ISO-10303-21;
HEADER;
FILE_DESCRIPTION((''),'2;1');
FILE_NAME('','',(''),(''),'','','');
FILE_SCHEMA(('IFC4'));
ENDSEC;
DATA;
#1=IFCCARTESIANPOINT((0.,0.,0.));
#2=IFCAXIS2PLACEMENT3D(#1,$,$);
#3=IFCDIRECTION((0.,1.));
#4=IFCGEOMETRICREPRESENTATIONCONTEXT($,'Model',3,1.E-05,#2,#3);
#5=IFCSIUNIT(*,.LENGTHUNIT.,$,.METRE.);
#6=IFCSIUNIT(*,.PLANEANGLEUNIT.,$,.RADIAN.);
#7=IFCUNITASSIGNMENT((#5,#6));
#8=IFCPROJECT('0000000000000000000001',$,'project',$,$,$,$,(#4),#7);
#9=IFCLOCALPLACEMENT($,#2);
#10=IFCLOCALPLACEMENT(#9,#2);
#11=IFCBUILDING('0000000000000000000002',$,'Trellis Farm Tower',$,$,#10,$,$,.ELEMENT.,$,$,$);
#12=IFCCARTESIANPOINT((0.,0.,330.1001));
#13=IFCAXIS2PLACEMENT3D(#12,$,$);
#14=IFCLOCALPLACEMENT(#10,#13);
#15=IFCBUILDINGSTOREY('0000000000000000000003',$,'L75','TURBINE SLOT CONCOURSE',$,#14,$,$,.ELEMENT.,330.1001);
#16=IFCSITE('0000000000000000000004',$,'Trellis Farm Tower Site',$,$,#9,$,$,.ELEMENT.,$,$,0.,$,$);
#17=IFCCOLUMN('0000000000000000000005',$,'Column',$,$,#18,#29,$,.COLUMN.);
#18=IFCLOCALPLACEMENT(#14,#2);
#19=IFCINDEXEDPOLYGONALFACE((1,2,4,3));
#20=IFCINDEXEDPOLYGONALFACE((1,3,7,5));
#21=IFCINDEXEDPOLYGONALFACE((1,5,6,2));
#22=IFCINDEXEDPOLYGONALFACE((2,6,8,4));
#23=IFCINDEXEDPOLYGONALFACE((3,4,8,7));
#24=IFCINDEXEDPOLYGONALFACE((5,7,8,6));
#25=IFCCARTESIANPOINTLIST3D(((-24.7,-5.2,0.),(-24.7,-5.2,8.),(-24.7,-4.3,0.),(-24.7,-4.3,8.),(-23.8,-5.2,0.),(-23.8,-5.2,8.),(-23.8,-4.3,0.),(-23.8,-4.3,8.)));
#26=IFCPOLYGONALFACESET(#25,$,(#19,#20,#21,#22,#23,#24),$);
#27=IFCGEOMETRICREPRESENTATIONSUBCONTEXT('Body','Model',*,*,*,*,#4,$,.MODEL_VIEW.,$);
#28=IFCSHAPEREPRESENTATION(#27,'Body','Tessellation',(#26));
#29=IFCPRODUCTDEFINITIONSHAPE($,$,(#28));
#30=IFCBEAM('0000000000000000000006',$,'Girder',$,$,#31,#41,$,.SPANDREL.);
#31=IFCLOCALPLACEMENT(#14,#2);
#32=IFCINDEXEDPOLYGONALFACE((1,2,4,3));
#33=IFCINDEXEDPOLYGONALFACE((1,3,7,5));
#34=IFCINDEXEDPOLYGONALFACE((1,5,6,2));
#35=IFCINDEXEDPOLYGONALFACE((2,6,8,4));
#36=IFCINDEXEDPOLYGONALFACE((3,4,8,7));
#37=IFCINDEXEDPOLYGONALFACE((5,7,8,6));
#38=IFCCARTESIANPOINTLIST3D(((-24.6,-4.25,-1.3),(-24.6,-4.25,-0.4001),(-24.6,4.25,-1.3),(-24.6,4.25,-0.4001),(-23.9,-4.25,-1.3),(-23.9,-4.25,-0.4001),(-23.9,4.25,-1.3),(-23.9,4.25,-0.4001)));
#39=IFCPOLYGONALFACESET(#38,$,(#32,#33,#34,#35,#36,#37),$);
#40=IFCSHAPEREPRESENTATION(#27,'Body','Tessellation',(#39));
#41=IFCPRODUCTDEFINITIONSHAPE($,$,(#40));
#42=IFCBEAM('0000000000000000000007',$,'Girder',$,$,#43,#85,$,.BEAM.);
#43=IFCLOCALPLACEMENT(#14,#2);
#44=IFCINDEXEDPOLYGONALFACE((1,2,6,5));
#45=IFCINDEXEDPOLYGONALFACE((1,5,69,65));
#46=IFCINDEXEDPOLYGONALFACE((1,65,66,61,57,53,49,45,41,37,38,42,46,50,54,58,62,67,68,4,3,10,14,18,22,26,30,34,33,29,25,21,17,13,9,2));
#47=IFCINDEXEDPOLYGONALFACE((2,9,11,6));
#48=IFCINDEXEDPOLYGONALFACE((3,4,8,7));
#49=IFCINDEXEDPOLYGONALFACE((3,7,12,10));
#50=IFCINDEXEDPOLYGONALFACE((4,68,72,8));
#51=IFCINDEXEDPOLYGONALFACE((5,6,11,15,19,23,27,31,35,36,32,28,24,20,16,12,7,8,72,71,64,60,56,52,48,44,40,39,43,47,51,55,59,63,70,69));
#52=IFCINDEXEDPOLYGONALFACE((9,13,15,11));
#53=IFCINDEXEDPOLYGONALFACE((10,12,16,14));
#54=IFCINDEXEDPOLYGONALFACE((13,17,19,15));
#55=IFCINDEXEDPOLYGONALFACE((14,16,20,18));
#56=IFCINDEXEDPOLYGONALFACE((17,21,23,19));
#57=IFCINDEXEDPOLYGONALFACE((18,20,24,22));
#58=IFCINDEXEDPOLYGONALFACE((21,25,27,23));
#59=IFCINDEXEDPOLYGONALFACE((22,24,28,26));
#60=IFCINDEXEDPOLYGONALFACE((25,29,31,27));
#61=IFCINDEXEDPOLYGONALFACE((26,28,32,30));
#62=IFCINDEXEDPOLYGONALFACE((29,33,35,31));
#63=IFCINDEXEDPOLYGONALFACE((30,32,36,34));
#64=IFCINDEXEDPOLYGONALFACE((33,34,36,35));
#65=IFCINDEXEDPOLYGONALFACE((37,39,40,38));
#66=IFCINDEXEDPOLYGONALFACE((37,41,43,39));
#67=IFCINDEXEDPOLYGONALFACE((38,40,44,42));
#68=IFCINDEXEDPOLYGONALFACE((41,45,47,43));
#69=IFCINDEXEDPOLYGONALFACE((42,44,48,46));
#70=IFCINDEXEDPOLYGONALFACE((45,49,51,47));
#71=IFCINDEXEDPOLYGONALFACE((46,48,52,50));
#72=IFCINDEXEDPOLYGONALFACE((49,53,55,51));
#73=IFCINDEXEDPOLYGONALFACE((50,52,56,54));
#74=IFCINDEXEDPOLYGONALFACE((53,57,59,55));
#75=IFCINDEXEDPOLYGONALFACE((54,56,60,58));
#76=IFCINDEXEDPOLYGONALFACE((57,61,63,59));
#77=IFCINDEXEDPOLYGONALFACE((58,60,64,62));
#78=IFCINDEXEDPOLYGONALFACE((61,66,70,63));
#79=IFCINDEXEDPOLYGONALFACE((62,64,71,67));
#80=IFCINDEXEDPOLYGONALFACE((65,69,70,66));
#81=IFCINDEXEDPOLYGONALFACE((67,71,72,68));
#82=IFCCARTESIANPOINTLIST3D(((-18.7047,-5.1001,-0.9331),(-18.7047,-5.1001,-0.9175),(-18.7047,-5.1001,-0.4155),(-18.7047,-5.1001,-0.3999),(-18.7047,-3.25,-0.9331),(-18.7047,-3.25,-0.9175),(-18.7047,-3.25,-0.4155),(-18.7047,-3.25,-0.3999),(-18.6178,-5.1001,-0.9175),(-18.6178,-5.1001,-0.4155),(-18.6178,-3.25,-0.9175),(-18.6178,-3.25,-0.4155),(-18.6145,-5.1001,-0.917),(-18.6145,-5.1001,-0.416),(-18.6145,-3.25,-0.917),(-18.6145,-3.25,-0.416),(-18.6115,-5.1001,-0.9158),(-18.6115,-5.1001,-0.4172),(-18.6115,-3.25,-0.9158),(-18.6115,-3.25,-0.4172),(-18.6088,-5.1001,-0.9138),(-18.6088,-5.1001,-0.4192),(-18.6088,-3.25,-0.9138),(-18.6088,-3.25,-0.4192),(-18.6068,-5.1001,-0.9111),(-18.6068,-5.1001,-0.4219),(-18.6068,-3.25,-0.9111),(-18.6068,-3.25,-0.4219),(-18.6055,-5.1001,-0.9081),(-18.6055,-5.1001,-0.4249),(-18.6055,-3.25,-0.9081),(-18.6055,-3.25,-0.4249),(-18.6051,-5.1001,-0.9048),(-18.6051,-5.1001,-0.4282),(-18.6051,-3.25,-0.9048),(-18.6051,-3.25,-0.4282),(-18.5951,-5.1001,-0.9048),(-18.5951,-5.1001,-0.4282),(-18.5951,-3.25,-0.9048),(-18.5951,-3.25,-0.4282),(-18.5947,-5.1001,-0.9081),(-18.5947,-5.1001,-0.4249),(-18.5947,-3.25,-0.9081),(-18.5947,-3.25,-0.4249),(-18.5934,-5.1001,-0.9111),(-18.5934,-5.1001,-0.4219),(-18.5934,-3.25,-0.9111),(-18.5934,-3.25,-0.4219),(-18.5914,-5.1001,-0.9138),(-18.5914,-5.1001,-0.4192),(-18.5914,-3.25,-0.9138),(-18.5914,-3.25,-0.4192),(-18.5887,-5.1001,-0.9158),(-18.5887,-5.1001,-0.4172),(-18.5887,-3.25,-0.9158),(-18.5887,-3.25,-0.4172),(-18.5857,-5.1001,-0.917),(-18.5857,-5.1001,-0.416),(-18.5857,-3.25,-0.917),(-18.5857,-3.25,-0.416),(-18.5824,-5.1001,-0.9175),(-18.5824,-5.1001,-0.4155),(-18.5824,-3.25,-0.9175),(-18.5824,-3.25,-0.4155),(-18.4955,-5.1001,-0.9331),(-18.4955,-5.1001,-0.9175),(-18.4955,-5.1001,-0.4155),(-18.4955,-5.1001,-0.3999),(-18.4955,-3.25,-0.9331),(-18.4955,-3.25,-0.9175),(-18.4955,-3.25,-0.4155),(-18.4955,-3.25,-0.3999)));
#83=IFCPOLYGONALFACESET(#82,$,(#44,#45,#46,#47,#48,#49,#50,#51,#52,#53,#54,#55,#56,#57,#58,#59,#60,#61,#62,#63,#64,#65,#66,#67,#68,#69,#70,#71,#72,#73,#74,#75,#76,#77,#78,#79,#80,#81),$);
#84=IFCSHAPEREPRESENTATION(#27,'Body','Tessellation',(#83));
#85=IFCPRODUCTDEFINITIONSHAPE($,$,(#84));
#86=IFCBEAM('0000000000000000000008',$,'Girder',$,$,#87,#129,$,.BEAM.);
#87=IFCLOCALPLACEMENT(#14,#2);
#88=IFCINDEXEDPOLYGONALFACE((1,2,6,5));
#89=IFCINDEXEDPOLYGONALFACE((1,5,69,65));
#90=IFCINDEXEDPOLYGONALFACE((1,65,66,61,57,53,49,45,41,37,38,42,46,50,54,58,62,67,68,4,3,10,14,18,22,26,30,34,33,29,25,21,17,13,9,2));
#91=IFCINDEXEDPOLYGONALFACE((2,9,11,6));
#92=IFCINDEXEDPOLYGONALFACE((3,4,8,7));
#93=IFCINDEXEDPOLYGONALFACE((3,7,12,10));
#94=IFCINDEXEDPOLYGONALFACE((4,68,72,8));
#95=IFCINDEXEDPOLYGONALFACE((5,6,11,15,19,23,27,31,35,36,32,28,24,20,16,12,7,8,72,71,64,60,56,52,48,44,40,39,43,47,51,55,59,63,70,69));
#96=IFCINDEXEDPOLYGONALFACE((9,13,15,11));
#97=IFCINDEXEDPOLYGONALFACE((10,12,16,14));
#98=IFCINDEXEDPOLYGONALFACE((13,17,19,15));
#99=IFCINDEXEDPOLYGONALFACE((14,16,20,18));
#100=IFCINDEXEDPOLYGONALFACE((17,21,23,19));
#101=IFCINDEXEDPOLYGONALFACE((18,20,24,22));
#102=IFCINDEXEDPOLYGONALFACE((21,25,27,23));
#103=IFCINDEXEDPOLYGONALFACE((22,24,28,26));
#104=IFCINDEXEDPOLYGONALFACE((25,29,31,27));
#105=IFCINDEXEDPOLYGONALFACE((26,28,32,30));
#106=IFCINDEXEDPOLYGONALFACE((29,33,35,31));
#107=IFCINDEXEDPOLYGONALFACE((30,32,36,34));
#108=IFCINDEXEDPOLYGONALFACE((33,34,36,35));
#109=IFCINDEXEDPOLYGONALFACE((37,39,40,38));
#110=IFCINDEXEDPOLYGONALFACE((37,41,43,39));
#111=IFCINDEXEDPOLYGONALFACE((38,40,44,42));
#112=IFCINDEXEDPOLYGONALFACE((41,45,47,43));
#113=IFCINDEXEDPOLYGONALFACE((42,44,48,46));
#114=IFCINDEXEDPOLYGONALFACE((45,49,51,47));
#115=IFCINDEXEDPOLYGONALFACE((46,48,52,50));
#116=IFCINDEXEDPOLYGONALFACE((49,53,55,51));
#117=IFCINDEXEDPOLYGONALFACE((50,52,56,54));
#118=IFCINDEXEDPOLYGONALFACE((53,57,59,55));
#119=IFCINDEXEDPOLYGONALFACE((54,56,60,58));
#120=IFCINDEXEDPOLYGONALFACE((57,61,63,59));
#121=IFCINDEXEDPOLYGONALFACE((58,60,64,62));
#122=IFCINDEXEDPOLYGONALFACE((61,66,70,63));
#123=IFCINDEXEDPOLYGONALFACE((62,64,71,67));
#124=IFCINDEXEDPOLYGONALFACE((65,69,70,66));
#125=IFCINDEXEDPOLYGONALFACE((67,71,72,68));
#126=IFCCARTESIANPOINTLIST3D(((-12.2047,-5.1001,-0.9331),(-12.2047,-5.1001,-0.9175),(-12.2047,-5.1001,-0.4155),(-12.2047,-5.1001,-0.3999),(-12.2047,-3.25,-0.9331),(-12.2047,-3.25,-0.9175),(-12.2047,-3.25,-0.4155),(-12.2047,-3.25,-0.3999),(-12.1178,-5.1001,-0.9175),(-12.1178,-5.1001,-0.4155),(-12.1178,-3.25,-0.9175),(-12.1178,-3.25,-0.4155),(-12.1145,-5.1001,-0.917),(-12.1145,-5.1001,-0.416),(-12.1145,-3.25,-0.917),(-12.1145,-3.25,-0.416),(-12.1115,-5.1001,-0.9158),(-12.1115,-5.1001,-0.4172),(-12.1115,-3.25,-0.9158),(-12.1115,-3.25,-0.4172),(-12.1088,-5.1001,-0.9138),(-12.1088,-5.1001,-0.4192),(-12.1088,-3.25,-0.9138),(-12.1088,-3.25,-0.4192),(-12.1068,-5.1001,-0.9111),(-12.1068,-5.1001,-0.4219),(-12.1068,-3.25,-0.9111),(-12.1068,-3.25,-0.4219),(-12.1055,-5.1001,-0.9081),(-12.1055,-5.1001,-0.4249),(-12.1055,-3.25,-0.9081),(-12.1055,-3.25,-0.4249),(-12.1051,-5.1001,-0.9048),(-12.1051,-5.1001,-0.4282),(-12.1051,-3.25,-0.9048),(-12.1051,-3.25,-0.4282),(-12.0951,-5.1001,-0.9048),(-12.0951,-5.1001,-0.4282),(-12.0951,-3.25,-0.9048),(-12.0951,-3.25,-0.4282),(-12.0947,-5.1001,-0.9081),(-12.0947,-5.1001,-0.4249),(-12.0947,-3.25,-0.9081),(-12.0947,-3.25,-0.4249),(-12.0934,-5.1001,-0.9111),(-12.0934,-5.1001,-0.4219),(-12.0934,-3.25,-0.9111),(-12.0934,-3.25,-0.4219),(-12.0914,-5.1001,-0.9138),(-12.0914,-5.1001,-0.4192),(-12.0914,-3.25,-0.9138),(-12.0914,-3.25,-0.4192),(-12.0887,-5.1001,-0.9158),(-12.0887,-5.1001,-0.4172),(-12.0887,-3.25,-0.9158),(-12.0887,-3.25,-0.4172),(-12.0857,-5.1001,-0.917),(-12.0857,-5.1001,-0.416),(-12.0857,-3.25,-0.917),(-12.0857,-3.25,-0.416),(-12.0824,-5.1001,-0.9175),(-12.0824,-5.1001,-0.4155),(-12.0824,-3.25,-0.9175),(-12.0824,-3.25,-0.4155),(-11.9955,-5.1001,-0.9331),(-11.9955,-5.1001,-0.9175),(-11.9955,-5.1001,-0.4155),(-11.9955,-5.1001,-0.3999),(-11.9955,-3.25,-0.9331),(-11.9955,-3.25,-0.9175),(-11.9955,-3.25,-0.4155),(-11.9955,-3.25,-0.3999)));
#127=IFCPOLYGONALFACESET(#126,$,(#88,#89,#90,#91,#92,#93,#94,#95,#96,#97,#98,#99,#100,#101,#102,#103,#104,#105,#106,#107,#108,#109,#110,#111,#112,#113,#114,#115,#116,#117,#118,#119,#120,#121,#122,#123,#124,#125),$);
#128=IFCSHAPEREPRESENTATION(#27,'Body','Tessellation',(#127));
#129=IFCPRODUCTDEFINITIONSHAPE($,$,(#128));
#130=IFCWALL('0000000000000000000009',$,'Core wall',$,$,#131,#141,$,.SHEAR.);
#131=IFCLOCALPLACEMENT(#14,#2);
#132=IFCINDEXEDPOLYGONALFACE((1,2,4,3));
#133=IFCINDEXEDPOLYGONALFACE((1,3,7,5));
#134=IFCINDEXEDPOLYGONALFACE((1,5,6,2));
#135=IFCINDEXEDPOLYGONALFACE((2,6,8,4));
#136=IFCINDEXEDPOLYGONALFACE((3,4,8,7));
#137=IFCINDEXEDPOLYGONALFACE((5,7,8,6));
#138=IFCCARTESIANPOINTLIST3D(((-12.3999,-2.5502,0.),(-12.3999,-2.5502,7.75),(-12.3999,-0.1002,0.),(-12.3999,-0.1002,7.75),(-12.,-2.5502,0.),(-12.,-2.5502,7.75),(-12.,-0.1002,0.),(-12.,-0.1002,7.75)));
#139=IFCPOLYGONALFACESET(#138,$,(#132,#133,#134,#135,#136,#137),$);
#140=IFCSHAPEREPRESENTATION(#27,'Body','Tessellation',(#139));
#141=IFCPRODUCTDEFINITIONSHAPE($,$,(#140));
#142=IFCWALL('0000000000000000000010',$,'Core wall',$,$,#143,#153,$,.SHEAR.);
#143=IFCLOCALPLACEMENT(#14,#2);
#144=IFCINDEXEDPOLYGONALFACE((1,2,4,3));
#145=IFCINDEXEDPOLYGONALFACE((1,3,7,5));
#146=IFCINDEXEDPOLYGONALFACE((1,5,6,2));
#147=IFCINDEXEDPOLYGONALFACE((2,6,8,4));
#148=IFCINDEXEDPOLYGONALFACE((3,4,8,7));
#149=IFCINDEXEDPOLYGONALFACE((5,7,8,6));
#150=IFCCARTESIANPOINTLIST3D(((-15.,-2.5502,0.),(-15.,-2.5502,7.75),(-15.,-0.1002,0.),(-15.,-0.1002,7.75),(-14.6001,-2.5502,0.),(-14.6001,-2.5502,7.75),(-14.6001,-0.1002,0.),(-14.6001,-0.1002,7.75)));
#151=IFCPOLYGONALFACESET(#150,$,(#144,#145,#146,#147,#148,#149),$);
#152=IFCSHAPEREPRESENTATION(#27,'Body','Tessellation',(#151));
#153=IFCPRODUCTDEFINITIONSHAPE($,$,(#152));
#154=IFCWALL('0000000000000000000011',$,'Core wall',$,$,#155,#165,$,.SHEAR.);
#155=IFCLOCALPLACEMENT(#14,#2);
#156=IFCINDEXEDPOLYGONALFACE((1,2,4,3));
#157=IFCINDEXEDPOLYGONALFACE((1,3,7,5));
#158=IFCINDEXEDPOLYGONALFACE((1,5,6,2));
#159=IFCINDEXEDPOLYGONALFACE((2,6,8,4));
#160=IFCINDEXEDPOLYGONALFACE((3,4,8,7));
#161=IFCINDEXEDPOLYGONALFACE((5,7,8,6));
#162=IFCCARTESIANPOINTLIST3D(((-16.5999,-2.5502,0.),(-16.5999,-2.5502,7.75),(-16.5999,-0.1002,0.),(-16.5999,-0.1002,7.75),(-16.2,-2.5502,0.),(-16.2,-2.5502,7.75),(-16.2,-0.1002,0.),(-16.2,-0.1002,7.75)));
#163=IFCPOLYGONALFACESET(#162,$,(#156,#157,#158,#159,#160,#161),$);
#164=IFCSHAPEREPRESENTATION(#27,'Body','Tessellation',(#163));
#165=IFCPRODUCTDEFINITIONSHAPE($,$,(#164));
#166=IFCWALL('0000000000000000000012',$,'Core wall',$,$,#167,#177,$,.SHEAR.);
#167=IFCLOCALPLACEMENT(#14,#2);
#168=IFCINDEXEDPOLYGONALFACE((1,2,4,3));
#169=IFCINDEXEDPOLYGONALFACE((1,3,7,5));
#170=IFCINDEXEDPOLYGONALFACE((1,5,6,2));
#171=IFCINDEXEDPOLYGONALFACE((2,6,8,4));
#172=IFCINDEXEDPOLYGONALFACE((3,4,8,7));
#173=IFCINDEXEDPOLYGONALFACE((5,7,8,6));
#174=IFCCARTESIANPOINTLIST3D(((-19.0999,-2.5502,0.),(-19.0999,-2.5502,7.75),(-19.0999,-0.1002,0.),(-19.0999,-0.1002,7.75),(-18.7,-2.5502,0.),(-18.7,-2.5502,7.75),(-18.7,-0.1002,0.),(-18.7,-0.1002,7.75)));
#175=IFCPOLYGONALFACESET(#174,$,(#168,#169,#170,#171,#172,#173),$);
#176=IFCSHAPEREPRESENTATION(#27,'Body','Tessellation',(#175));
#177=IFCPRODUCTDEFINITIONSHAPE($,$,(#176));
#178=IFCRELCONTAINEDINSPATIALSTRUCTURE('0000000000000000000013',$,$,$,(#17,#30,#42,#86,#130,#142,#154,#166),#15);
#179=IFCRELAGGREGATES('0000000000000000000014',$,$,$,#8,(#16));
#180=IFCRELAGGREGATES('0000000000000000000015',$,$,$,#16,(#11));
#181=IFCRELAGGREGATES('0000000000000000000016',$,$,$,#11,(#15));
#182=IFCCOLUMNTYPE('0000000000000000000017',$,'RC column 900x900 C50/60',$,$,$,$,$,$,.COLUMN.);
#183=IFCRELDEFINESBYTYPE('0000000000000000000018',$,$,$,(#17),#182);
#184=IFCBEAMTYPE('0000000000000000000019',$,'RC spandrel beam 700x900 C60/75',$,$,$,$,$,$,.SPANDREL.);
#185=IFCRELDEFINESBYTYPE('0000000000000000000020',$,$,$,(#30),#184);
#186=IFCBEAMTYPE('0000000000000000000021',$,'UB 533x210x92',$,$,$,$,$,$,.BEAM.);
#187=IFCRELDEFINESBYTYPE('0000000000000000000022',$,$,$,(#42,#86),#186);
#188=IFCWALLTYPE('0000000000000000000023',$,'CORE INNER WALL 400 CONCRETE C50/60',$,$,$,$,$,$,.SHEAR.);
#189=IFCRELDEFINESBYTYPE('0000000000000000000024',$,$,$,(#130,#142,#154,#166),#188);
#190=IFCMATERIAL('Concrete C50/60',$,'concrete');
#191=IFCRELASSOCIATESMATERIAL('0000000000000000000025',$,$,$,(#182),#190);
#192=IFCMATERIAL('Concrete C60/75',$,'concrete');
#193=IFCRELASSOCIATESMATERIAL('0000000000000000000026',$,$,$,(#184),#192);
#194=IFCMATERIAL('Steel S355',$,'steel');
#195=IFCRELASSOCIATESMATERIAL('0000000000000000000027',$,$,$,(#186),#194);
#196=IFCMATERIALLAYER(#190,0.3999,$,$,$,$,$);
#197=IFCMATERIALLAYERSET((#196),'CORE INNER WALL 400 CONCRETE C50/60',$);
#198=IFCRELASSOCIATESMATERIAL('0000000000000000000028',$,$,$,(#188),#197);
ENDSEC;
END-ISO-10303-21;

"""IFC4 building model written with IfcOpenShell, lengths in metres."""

from ifc_helpers import new_model, si_unit, direction, frame, frame_2d, origin, origin_2d, place, context, subcontext, project, spatial, rectangle, i_section, extrude, source, transform, mapped, material, layer, layer_set, material_profile, profile_set, type_object, element, save


model = new_model("IFC4")

# Units and contexts
model_context = context("Model", 3, precision=1e-05, world=origin(), true_north=direction((0.0, 1.0)))
body_context = subcontext(model_context, "Body", "Model", "MODEL_VIEW")
ifc_project = project(units=[si_unit("LENGTHUNIT", "METRE"), si_unit("PLANEANGLEUNIT", "RADIAN")], contexts=[model_context])

# Site, building, storey
site_placement = place(None, origin())
site = spatial("IfcSite", under=ifc_project, at=site_placement, Name="Trellis Farm Tower Site", CompositionType="ELEMENT", RefElevation=0.0)
building_placement = place(site_placement, origin())
building = spatial("IfcBuilding", under=site, at=building_placement, Name="Trellis Farm Tower", CompositionType="ELEMENT")
storey_placement = place(building_placement, frame((0.0, 0.0, 330.1001)))
storey = spatial("IfcBuildingStorey", under=building, at=storey_placement, Name="L75", Description="TURBINE SLOT CONCOURSE", CompositionType="ELEMENT", Elevation=330.1001)

# Column
ifc_material_1 = material(Name="Concrete C50/60", Category="concrete")
ifc_material_profile_1 = material_profile(ifc_material_1, rectangle(XDim=0.8999, YDim=0.8999, at=origin_2d()), Name="RC column 900x900 C50/60")
ifc_profile_set_1 = profile_set([ifc_material_profile_1], Name="Concrete C50/60")
column_type = type_object("IfcColumnType", Name="RC column 900x900 C50/60", PredefinedType="COLUMN", material=ifc_profile_set_1)
shared_shape_1 = source(origin(), body_context, "Body", "SweptSolid", [
    extrude(rectangle(XDim=0.8999, YDim=0.8999, at=origin_2d()), origin(), (0.0, 0.0, 1.0), 8.0),
])
column_placement = place(storey_placement, frame((-24.25, -4.75, 0.0), z_axis=(0.0, 0.0, 1.0), x_axis=(1.0, 0.0, 0.0)))
element("IfcColumn", 1, at=column_placement, inside=storey, type_object=column_type, Name="Column", PredefinedType="COLUMN", context=body_context, shape_type="MappedRepresentation", body=[
    mapped(shared_shape_1, transform((0.0, 0.0, 0.0))),
])

# Beams
ifc_material_2 = material(Name="Concrete C60/75", Category="concrete")
ifc_material_profile_2 = material_profile(ifc_material_2, rectangle(XDim=0.7, YDim=0.8999, at=origin_2d()), Name="RC spandrel beam 700x900 C60/75")
ifc_profile_set_2 = profile_set([ifc_material_profile_2], Name="Concrete C60/75")
beam_type_1 = type_object("IfcBeamType", Name="RC spandrel beam 700x900 C60/75", PredefinedType="SPANDREL", material=ifc_profile_set_2)
shared_shape_2 = source(origin(), body_context, "Body", "SweptSolid", [
    extrude(rectangle(XDim=0.7, YDim=0.8999, at=origin_2d()), origin(), (0.0, 0.0, 1.0), 8.5),
])
beam_placement = place(storey_placement, frame((-24.25, -4.25, -0.8501), z_axis=(0.0, 1.0, 0.0), x_axis=(-1.0, 0.0, 0.0)))
element("IfcBeam", 2, at=beam_placement, inside=storey, type_object=beam_type_1, Name="Girder", PredefinedType="SPANDREL", context=body_context, shape_type="MappedRepresentation", body=[
    mapped(shared_shape_2, transform((0.0, 0.0, 0.0))),
])
ifc_material_3 = material(Name="Steel S355", Category="steel")
ifc_material_profile_3 = material_profile(ifc_material_3, i_section(OverallWidth=0.2092, OverallDepth=0.5332, WebThickness=0.01, FlangeThickness=0.0156, FilletRadius=0.0127, at=origin_2d()), Name="UB 533x210x92")
ifc_profile_set_3 = profile_set([ifc_material_profile_3], Name="Steel S355")
beam_type_2 = type_object("IfcBeamType", Name="UB 533x210x92", PredefinedType="BEAM", material=ifc_profile_set_3)
shared_shape_3 = source(origin(), body_context, "Body", "SweptSolid", [
    extrude(i_section(OverallWidth=0.2092, OverallDepth=0.5332, WebThickness=0.01, FlangeThickness=0.0156, FilletRadius=0.0127, at=origin_2d()), origin(), (0.0, 0.0, 1.0), 1.8501),
])
for number, where, z_axis, x_axis, name in (
    (3, (-18.6001, -5.1001, -0.6665), (0.0, 1.0, 0.0), (-1.0, 0.0, 0.0), "Girder"),
    (4, (-12.1001, -5.1001, -0.6665), (0.0, 1.0, 0.0), (-1.0, 0.0, 0.0), "Girder"),
):
    element("IfcBeam", number, at=place(storey_placement, frame(where, z_axis=z_axis, x_axis=x_axis)), inside=storey, type_object=beam_type_2, Name=name, PredefinedType="BEAM", context=body_context, shape_type="MappedRepresentation", body=[
        mapped(shared_shape_3, transform((0.0, 0.0, 0.0))),
    ])

# Walls
ifc_layer_1 = layer(ifc_material_1, 0.3999)
ifc_layer_set_1 = layer_set([ifc_layer_1], Name="CORE INNER WALL 400 CONCRETE C50/60")
wall_type_1 = type_object("IfcWallType", Name="CORE INNER WALL 400 CONCRETE C50/60", PredefinedType="SHEAR", material=ifc_layer_set_1)
shared_shape_4 = source(origin(), body_context, "Body", "SweptSolid", [
    extrude(rectangle(XDim=2.45, YDim=0.3999, at=frame_2d((1.2251, 0.0))), origin(), (0.0, 0.0, 1.0), 7.75),
])
for number, where, z_axis, x_axis, name in (
    (5, (-12.2, -0.1001, 0.0), (0.0, 0.0, 1.0), (0.0, -1.0, 0.0), "Core wall"),
    (6, (-14.8, -0.1001, 0.0), (0.0, 0.0, 1.0), (0.0, -1.0, 0.0), "Core wall"),
    (7, (-16.3999, -0.1001, 0.0), (0.0, 0.0, 1.0), (0.0, -1.0, 0.0), "Core wall"),
    (8, (-18.8999, -0.1001, 0.0), (0.0, 0.0, 1.0), (0.0, -1.0, 0.0), "Core wall"),
):
    element("IfcWall", number, at=place(storey_placement, frame(where, z_axis=z_axis, x_axis=x_axis)), inside=storey, type_object=wall_type_1, Name=name, PredefinedType="SHEAR", context=body_context, shape_type="MappedRepresentation", body=[
        mapped(shared_shape_4, transform((0.0, 0.0, 0.0))),
    ])

save(model, "model.ifc")
